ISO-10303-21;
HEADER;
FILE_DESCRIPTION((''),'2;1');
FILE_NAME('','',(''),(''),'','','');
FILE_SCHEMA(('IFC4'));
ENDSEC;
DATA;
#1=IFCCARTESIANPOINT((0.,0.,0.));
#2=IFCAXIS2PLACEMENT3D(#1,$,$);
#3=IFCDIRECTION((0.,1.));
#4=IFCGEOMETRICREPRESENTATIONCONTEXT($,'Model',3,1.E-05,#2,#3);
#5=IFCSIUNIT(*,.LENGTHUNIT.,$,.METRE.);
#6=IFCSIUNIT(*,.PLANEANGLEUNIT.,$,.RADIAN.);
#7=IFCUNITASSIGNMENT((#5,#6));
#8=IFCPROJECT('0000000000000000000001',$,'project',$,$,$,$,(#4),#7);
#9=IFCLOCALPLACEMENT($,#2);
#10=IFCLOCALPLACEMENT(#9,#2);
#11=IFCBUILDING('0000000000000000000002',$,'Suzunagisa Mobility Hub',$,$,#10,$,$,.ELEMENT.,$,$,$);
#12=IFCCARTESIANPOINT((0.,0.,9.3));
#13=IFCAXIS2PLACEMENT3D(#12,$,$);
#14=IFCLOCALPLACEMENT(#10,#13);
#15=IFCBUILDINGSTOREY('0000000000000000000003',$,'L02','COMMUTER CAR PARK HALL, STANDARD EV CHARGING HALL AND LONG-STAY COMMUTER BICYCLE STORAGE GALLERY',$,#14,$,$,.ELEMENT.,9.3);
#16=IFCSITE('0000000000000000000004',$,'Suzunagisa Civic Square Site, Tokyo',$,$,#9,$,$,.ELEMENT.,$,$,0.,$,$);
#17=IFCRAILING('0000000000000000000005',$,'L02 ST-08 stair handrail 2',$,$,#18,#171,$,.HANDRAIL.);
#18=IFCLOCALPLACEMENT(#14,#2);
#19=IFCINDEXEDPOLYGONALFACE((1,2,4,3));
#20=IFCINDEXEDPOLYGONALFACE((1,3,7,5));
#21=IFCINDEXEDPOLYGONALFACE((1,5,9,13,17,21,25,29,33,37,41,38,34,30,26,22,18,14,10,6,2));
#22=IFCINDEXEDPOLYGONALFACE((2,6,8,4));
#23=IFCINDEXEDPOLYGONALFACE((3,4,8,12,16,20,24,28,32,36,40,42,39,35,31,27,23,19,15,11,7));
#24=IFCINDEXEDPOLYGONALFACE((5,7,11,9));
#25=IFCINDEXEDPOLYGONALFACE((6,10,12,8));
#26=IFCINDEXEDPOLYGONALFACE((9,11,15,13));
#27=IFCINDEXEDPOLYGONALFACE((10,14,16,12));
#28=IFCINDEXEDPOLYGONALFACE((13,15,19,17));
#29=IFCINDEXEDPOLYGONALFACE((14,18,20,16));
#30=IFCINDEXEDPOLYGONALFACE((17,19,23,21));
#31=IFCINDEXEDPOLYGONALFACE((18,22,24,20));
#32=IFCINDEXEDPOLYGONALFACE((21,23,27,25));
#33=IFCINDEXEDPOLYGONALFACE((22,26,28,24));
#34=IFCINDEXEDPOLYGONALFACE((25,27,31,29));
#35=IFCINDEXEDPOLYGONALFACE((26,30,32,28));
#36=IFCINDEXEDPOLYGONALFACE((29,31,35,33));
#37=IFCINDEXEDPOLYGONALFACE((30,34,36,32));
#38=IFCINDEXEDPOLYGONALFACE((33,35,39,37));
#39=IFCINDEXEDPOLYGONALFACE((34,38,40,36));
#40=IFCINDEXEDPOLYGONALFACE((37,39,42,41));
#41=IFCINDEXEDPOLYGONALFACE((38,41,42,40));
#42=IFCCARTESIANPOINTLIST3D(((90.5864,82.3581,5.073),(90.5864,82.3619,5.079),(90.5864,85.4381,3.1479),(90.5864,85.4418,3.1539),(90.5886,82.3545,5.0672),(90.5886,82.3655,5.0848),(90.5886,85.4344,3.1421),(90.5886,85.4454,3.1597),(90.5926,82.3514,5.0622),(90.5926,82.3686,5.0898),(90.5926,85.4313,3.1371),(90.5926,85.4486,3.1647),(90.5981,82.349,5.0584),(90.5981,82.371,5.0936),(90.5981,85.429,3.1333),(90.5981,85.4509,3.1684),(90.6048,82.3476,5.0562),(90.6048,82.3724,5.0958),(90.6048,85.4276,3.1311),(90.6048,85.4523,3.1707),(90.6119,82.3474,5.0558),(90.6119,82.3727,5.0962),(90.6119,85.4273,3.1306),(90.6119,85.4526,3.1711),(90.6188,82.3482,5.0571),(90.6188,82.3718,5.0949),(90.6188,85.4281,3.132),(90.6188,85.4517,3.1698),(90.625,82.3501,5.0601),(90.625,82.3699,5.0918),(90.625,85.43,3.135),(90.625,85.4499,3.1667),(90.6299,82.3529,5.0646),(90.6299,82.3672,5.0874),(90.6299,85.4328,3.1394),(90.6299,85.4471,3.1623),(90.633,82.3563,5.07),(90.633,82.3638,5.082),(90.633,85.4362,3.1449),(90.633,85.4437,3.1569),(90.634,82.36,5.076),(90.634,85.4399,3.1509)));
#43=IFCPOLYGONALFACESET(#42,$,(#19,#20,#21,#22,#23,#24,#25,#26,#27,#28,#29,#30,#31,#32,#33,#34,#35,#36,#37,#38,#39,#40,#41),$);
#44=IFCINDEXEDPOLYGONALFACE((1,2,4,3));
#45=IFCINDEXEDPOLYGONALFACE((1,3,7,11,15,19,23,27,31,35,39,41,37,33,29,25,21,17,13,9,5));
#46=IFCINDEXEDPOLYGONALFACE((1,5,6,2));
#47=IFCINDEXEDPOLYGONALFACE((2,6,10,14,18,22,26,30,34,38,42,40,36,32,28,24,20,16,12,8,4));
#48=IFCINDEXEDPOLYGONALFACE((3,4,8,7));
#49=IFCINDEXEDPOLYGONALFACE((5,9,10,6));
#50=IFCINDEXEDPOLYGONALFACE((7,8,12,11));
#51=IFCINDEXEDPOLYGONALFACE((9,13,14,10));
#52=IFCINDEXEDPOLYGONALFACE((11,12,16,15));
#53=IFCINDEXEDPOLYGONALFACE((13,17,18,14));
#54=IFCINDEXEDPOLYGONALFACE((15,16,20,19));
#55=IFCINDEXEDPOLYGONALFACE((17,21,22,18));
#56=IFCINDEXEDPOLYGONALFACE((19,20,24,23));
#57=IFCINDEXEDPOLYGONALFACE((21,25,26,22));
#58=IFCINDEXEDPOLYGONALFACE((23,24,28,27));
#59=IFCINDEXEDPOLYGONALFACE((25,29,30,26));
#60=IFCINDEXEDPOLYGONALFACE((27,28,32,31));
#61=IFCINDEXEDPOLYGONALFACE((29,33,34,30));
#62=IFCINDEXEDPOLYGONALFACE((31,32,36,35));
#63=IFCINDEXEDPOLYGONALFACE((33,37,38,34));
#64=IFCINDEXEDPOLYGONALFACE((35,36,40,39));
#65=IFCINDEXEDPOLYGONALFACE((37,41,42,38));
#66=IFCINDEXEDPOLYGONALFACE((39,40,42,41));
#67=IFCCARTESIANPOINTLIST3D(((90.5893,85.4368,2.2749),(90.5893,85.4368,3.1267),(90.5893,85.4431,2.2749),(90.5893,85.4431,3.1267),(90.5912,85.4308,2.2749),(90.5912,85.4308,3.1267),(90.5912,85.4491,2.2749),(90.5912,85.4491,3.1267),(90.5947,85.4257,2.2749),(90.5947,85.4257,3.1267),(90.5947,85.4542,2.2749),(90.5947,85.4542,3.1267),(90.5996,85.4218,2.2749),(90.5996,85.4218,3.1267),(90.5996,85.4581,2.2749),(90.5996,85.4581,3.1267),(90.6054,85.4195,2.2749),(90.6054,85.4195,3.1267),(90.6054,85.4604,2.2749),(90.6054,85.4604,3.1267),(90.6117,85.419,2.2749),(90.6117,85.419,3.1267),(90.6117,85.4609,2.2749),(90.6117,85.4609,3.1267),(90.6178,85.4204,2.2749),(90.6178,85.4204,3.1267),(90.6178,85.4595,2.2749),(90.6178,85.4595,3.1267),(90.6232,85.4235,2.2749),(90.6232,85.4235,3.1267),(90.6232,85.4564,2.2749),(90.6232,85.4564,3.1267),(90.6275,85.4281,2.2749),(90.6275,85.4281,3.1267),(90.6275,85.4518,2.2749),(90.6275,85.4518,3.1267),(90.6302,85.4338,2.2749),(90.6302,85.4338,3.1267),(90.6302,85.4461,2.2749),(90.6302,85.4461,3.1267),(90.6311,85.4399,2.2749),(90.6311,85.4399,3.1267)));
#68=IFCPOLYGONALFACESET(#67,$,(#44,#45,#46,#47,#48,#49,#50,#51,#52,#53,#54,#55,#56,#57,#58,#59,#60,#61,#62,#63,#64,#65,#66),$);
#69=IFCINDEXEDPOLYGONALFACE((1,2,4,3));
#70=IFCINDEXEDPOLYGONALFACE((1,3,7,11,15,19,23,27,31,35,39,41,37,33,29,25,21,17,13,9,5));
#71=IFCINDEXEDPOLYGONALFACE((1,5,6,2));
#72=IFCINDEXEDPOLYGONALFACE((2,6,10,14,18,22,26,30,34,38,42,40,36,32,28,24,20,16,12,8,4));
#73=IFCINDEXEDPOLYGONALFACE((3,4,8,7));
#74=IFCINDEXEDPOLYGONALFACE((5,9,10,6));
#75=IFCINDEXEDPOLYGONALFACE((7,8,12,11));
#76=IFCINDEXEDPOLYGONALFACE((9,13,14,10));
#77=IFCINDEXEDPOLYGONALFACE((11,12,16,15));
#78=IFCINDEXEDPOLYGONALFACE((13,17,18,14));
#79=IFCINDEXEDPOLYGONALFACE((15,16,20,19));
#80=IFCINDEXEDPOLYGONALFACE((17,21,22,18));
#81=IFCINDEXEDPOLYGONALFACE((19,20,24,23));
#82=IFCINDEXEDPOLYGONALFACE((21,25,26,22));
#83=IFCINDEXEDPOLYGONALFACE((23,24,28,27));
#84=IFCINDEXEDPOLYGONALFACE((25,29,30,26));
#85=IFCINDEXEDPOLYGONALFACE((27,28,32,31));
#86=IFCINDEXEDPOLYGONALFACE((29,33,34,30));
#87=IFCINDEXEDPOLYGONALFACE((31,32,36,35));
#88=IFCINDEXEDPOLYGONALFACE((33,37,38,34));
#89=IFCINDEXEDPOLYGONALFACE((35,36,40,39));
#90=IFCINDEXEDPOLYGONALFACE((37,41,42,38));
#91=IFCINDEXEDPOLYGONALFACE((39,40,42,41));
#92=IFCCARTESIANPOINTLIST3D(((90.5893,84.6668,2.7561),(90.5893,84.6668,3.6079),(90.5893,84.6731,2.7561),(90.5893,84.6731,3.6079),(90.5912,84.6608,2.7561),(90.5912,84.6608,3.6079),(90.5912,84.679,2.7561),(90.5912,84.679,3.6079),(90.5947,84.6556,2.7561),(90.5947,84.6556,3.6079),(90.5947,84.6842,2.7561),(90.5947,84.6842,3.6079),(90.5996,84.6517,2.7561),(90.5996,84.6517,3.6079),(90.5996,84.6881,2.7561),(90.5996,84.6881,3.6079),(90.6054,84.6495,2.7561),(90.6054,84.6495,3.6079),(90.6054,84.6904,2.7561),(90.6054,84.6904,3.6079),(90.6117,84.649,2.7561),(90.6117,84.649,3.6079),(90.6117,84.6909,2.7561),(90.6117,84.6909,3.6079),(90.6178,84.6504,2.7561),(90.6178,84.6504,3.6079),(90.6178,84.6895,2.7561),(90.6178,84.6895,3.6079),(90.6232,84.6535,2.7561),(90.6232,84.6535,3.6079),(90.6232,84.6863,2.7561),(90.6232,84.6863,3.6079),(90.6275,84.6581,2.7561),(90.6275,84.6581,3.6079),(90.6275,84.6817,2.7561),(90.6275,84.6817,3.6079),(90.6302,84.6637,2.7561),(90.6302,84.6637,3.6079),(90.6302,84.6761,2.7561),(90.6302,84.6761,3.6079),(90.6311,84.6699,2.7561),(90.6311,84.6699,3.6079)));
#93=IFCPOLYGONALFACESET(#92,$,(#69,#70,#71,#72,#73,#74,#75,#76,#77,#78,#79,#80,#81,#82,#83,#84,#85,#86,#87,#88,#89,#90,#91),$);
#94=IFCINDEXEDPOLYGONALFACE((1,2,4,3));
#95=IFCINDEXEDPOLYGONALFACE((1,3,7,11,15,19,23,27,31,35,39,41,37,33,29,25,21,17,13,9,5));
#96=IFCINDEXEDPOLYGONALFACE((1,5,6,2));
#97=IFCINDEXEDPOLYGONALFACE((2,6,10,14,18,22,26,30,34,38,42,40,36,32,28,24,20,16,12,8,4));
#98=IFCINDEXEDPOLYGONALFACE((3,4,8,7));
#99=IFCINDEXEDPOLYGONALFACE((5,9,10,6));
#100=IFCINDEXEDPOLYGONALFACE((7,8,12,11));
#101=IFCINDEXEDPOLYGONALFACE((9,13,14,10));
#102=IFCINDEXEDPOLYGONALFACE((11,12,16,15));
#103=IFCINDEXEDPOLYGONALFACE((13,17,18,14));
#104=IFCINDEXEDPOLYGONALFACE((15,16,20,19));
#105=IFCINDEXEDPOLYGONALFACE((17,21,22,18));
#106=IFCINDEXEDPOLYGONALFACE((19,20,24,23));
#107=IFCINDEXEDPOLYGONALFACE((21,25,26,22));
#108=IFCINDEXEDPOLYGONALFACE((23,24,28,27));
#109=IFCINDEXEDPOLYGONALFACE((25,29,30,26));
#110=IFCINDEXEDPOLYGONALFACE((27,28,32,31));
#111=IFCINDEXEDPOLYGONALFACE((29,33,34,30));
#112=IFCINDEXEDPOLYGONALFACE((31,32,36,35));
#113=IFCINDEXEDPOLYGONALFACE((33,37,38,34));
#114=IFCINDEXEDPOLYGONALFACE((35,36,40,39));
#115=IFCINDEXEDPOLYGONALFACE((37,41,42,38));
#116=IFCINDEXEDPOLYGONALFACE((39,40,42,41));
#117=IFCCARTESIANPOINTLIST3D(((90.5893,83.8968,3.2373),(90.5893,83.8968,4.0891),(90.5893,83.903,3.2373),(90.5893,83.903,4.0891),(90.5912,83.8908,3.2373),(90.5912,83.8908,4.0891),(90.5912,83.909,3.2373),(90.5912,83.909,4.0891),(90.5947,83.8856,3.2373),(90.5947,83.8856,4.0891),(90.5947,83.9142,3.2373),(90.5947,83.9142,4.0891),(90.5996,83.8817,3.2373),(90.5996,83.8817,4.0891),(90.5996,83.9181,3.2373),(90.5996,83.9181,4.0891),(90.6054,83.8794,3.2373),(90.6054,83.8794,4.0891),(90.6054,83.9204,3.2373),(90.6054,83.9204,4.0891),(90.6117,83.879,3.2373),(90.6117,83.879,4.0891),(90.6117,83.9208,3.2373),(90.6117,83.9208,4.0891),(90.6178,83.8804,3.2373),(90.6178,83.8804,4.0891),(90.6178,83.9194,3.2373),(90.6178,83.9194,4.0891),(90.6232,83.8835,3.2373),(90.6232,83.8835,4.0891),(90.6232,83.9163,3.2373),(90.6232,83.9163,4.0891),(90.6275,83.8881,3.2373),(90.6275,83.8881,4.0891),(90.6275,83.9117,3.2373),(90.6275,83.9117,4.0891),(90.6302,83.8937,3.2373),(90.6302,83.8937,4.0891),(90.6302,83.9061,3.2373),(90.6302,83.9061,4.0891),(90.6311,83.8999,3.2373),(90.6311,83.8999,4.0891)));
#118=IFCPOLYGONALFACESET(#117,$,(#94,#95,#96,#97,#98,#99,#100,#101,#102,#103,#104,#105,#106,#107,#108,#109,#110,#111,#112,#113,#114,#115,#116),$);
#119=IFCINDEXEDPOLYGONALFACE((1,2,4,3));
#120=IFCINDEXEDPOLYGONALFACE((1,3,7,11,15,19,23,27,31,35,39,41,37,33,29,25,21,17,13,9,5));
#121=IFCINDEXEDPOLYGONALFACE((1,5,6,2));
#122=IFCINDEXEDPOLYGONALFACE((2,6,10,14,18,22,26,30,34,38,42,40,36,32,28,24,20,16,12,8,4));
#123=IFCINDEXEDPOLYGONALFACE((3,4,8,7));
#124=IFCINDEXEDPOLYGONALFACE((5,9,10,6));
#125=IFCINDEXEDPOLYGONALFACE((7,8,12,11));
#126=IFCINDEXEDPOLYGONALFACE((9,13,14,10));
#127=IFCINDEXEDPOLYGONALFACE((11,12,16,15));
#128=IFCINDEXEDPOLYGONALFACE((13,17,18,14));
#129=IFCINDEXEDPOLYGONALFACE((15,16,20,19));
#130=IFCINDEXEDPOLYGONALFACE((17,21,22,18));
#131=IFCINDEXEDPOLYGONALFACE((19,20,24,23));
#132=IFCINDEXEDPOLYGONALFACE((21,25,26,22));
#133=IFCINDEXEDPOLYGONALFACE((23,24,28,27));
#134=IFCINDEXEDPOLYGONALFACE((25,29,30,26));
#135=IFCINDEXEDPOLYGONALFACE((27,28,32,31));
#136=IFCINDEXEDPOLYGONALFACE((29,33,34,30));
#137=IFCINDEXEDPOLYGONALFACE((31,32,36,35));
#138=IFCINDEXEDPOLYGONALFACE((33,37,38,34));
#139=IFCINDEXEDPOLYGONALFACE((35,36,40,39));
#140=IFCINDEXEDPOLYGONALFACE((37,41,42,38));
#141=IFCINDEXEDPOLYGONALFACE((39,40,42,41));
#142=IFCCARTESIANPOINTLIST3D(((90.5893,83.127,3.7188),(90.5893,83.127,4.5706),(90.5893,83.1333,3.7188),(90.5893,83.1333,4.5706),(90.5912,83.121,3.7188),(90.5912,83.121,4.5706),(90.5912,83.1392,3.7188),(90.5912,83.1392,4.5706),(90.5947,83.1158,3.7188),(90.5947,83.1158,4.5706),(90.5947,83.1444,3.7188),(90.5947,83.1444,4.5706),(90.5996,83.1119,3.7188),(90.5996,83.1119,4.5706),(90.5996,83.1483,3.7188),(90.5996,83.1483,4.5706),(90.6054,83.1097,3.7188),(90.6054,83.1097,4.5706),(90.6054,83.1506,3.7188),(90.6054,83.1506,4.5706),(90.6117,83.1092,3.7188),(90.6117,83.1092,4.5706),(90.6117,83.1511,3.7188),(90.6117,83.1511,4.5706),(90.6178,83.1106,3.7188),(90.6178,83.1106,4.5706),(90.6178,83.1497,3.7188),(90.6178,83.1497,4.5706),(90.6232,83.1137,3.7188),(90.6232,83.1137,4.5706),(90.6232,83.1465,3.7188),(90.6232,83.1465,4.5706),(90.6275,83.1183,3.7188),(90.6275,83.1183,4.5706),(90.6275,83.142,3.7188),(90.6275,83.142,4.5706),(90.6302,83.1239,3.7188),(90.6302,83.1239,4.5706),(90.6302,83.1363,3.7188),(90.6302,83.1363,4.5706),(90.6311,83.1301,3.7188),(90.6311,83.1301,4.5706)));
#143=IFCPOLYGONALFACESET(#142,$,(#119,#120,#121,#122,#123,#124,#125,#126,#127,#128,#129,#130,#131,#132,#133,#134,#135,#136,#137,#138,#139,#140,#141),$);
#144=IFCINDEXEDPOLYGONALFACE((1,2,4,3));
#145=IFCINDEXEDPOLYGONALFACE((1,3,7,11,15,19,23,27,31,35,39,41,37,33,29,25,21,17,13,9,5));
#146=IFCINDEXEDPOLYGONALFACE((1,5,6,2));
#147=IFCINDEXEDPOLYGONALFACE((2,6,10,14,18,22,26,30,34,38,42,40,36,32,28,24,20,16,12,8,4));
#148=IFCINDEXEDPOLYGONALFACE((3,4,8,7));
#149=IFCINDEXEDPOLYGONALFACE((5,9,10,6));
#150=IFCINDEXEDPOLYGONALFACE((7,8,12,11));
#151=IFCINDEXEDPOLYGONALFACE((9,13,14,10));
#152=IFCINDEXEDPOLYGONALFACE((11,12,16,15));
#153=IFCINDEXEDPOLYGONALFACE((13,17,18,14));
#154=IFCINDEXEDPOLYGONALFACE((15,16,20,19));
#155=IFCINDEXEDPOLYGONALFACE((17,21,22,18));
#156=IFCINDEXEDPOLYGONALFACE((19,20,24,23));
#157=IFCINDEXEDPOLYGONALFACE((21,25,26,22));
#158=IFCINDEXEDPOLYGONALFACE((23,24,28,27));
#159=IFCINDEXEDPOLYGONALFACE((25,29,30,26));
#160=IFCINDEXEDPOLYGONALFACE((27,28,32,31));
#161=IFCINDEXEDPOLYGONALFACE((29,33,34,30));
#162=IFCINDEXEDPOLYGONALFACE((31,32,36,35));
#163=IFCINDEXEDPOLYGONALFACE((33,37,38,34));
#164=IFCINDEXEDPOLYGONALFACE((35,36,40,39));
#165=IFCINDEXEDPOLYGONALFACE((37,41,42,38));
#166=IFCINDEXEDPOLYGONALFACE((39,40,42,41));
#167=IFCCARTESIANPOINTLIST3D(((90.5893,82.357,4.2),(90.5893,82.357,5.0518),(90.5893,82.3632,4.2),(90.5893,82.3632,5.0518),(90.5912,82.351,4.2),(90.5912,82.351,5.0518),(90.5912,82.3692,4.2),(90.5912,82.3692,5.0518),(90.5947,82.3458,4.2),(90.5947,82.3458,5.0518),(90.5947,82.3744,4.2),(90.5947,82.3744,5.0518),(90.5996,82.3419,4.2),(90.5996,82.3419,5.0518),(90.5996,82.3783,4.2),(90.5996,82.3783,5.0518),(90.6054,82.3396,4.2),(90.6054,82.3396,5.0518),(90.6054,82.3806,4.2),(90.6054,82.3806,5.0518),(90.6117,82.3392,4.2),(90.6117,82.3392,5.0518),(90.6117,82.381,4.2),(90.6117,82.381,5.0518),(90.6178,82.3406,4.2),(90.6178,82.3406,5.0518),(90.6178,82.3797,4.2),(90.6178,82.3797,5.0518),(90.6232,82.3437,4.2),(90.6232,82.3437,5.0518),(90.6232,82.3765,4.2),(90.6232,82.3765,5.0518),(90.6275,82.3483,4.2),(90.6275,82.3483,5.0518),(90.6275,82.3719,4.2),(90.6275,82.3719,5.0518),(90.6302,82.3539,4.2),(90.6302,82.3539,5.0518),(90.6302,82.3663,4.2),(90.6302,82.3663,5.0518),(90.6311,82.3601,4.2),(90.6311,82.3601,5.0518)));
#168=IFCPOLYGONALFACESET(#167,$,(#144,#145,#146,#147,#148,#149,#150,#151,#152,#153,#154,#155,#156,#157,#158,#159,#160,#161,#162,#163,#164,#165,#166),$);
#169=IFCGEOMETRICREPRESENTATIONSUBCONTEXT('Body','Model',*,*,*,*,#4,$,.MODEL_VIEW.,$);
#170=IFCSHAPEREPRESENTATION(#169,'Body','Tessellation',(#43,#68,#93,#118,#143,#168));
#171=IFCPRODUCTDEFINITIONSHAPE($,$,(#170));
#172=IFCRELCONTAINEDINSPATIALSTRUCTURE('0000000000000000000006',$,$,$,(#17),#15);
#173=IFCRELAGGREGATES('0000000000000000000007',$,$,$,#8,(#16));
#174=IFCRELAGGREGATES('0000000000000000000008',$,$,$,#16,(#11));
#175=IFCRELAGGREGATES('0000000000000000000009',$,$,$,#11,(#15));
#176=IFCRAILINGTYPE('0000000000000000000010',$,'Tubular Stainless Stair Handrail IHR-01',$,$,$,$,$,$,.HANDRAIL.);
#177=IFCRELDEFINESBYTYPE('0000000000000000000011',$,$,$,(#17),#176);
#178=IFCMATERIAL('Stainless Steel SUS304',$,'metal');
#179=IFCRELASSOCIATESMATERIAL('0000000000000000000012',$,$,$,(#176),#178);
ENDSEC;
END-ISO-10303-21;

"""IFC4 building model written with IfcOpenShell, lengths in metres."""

from ifc_helpers import new_model, si_unit, direction, frame, origin, origin_2d, place, context, subcontext, project, spatial, circle, extrude, material, type_object, element, save


model = new_model("IFC4")

# Units and contexts
model_context = context("Model", 3, precision=1e-05, world=origin(), true_north=direction((0.0, 1.0)))
body_context = subcontext(model_context, "Body", "Model", "MODEL_VIEW")
ifc_project = project(units=[si_unit("LENGTHUNIT", "METRE"), si_unit("PLANEANGLEUNIT", "RADIAN")], contexts=[model_context])

# Site, building, storey
site_placement = place(None, origin())
site = spatial("IfcSite", under=ifc_project, at=site_placement, Name="Suzunagisa Civic Square Site, Tokyo", CompositionType="ELEMENT", RefElevation=0.0)
building_placement = place(site_placement, origin())
building = spatial("IfcBuilding", under=site, at=building_placement, Name="Suzunagisa Mobility Hub", CompositionType="ELEMENT")
storey_placement = place(building_placement, frame((0.0, 0.0, 9.3)))
storey = spatial("IfcBuildingStorey", under=building, at=storey_placement, Name="L02", Description="COMMUTER CAR PARK HALL, STANDARD EV CHARGING HALL AND LONG-STAY COMMUTER BICYCLE STORAGE GALLERY", CompositionType="ELEMENT", Elevation=9.3)

# Railing
ifc_material_1 = material(Name="Stainless Steel SUS304", Category="metal")
railing_type_1 = type_object("IfcRailingType", Name="Tubular Stainless Stair Handrail IHR-01", PredefinedType="HANDRAIL", material=ifc_material_1)
railing_1_placement = place(storey_placement, frame((90.6101, 85.4399, 2.2749)))
element("IfcRailing", 1, at=railing_1_placement, inside=storey, type_object=railing_type_1, Name="L02 ST-08 stair handrail 2", PredefinedType="HANDRAIL", context=body_context, shape_type="SweptSolid", body=[
    extrude(circle(Radius=0.0239, at=origin_2d()), frame((0.0, 0.0, 0.876), z_axis=(0.0, -0.847979, 0.530029), x_axis=(1.0, 0.0, 0.0)), (0.0, 0.0, 1.0), 3.6321),
    extrude(circle(Radius=0.021, at=origin_2d()), origin(), (0.0, 0.0, 1.0), 0.8518),
    extrude(circle(Radius=0.021, at=origin_2d()), frame((0.0, -0.77, 0.4812)), (0.0, 0.0, 1.0), 0.8518),
    extrude(circle(Radius=0.021, at=origin_2d()), frame((0.0, -1.54, 0.9624)), (0.0, 0.0, 1.0), 0.8518),
    extrude(circle(Radius=0.021, at=origin_2d()), frame((0.0, -2.3098, 1.4438)), (0.0, 0.0, 1.0), 0.8518),
    extrude(circle(Radius=0.021, at=origin_2d()), frame((0.0, -3.0798, 1.925)), (0.0, 0.0, 1.0), 0.8518),
])

save(model, "model.ifc")
